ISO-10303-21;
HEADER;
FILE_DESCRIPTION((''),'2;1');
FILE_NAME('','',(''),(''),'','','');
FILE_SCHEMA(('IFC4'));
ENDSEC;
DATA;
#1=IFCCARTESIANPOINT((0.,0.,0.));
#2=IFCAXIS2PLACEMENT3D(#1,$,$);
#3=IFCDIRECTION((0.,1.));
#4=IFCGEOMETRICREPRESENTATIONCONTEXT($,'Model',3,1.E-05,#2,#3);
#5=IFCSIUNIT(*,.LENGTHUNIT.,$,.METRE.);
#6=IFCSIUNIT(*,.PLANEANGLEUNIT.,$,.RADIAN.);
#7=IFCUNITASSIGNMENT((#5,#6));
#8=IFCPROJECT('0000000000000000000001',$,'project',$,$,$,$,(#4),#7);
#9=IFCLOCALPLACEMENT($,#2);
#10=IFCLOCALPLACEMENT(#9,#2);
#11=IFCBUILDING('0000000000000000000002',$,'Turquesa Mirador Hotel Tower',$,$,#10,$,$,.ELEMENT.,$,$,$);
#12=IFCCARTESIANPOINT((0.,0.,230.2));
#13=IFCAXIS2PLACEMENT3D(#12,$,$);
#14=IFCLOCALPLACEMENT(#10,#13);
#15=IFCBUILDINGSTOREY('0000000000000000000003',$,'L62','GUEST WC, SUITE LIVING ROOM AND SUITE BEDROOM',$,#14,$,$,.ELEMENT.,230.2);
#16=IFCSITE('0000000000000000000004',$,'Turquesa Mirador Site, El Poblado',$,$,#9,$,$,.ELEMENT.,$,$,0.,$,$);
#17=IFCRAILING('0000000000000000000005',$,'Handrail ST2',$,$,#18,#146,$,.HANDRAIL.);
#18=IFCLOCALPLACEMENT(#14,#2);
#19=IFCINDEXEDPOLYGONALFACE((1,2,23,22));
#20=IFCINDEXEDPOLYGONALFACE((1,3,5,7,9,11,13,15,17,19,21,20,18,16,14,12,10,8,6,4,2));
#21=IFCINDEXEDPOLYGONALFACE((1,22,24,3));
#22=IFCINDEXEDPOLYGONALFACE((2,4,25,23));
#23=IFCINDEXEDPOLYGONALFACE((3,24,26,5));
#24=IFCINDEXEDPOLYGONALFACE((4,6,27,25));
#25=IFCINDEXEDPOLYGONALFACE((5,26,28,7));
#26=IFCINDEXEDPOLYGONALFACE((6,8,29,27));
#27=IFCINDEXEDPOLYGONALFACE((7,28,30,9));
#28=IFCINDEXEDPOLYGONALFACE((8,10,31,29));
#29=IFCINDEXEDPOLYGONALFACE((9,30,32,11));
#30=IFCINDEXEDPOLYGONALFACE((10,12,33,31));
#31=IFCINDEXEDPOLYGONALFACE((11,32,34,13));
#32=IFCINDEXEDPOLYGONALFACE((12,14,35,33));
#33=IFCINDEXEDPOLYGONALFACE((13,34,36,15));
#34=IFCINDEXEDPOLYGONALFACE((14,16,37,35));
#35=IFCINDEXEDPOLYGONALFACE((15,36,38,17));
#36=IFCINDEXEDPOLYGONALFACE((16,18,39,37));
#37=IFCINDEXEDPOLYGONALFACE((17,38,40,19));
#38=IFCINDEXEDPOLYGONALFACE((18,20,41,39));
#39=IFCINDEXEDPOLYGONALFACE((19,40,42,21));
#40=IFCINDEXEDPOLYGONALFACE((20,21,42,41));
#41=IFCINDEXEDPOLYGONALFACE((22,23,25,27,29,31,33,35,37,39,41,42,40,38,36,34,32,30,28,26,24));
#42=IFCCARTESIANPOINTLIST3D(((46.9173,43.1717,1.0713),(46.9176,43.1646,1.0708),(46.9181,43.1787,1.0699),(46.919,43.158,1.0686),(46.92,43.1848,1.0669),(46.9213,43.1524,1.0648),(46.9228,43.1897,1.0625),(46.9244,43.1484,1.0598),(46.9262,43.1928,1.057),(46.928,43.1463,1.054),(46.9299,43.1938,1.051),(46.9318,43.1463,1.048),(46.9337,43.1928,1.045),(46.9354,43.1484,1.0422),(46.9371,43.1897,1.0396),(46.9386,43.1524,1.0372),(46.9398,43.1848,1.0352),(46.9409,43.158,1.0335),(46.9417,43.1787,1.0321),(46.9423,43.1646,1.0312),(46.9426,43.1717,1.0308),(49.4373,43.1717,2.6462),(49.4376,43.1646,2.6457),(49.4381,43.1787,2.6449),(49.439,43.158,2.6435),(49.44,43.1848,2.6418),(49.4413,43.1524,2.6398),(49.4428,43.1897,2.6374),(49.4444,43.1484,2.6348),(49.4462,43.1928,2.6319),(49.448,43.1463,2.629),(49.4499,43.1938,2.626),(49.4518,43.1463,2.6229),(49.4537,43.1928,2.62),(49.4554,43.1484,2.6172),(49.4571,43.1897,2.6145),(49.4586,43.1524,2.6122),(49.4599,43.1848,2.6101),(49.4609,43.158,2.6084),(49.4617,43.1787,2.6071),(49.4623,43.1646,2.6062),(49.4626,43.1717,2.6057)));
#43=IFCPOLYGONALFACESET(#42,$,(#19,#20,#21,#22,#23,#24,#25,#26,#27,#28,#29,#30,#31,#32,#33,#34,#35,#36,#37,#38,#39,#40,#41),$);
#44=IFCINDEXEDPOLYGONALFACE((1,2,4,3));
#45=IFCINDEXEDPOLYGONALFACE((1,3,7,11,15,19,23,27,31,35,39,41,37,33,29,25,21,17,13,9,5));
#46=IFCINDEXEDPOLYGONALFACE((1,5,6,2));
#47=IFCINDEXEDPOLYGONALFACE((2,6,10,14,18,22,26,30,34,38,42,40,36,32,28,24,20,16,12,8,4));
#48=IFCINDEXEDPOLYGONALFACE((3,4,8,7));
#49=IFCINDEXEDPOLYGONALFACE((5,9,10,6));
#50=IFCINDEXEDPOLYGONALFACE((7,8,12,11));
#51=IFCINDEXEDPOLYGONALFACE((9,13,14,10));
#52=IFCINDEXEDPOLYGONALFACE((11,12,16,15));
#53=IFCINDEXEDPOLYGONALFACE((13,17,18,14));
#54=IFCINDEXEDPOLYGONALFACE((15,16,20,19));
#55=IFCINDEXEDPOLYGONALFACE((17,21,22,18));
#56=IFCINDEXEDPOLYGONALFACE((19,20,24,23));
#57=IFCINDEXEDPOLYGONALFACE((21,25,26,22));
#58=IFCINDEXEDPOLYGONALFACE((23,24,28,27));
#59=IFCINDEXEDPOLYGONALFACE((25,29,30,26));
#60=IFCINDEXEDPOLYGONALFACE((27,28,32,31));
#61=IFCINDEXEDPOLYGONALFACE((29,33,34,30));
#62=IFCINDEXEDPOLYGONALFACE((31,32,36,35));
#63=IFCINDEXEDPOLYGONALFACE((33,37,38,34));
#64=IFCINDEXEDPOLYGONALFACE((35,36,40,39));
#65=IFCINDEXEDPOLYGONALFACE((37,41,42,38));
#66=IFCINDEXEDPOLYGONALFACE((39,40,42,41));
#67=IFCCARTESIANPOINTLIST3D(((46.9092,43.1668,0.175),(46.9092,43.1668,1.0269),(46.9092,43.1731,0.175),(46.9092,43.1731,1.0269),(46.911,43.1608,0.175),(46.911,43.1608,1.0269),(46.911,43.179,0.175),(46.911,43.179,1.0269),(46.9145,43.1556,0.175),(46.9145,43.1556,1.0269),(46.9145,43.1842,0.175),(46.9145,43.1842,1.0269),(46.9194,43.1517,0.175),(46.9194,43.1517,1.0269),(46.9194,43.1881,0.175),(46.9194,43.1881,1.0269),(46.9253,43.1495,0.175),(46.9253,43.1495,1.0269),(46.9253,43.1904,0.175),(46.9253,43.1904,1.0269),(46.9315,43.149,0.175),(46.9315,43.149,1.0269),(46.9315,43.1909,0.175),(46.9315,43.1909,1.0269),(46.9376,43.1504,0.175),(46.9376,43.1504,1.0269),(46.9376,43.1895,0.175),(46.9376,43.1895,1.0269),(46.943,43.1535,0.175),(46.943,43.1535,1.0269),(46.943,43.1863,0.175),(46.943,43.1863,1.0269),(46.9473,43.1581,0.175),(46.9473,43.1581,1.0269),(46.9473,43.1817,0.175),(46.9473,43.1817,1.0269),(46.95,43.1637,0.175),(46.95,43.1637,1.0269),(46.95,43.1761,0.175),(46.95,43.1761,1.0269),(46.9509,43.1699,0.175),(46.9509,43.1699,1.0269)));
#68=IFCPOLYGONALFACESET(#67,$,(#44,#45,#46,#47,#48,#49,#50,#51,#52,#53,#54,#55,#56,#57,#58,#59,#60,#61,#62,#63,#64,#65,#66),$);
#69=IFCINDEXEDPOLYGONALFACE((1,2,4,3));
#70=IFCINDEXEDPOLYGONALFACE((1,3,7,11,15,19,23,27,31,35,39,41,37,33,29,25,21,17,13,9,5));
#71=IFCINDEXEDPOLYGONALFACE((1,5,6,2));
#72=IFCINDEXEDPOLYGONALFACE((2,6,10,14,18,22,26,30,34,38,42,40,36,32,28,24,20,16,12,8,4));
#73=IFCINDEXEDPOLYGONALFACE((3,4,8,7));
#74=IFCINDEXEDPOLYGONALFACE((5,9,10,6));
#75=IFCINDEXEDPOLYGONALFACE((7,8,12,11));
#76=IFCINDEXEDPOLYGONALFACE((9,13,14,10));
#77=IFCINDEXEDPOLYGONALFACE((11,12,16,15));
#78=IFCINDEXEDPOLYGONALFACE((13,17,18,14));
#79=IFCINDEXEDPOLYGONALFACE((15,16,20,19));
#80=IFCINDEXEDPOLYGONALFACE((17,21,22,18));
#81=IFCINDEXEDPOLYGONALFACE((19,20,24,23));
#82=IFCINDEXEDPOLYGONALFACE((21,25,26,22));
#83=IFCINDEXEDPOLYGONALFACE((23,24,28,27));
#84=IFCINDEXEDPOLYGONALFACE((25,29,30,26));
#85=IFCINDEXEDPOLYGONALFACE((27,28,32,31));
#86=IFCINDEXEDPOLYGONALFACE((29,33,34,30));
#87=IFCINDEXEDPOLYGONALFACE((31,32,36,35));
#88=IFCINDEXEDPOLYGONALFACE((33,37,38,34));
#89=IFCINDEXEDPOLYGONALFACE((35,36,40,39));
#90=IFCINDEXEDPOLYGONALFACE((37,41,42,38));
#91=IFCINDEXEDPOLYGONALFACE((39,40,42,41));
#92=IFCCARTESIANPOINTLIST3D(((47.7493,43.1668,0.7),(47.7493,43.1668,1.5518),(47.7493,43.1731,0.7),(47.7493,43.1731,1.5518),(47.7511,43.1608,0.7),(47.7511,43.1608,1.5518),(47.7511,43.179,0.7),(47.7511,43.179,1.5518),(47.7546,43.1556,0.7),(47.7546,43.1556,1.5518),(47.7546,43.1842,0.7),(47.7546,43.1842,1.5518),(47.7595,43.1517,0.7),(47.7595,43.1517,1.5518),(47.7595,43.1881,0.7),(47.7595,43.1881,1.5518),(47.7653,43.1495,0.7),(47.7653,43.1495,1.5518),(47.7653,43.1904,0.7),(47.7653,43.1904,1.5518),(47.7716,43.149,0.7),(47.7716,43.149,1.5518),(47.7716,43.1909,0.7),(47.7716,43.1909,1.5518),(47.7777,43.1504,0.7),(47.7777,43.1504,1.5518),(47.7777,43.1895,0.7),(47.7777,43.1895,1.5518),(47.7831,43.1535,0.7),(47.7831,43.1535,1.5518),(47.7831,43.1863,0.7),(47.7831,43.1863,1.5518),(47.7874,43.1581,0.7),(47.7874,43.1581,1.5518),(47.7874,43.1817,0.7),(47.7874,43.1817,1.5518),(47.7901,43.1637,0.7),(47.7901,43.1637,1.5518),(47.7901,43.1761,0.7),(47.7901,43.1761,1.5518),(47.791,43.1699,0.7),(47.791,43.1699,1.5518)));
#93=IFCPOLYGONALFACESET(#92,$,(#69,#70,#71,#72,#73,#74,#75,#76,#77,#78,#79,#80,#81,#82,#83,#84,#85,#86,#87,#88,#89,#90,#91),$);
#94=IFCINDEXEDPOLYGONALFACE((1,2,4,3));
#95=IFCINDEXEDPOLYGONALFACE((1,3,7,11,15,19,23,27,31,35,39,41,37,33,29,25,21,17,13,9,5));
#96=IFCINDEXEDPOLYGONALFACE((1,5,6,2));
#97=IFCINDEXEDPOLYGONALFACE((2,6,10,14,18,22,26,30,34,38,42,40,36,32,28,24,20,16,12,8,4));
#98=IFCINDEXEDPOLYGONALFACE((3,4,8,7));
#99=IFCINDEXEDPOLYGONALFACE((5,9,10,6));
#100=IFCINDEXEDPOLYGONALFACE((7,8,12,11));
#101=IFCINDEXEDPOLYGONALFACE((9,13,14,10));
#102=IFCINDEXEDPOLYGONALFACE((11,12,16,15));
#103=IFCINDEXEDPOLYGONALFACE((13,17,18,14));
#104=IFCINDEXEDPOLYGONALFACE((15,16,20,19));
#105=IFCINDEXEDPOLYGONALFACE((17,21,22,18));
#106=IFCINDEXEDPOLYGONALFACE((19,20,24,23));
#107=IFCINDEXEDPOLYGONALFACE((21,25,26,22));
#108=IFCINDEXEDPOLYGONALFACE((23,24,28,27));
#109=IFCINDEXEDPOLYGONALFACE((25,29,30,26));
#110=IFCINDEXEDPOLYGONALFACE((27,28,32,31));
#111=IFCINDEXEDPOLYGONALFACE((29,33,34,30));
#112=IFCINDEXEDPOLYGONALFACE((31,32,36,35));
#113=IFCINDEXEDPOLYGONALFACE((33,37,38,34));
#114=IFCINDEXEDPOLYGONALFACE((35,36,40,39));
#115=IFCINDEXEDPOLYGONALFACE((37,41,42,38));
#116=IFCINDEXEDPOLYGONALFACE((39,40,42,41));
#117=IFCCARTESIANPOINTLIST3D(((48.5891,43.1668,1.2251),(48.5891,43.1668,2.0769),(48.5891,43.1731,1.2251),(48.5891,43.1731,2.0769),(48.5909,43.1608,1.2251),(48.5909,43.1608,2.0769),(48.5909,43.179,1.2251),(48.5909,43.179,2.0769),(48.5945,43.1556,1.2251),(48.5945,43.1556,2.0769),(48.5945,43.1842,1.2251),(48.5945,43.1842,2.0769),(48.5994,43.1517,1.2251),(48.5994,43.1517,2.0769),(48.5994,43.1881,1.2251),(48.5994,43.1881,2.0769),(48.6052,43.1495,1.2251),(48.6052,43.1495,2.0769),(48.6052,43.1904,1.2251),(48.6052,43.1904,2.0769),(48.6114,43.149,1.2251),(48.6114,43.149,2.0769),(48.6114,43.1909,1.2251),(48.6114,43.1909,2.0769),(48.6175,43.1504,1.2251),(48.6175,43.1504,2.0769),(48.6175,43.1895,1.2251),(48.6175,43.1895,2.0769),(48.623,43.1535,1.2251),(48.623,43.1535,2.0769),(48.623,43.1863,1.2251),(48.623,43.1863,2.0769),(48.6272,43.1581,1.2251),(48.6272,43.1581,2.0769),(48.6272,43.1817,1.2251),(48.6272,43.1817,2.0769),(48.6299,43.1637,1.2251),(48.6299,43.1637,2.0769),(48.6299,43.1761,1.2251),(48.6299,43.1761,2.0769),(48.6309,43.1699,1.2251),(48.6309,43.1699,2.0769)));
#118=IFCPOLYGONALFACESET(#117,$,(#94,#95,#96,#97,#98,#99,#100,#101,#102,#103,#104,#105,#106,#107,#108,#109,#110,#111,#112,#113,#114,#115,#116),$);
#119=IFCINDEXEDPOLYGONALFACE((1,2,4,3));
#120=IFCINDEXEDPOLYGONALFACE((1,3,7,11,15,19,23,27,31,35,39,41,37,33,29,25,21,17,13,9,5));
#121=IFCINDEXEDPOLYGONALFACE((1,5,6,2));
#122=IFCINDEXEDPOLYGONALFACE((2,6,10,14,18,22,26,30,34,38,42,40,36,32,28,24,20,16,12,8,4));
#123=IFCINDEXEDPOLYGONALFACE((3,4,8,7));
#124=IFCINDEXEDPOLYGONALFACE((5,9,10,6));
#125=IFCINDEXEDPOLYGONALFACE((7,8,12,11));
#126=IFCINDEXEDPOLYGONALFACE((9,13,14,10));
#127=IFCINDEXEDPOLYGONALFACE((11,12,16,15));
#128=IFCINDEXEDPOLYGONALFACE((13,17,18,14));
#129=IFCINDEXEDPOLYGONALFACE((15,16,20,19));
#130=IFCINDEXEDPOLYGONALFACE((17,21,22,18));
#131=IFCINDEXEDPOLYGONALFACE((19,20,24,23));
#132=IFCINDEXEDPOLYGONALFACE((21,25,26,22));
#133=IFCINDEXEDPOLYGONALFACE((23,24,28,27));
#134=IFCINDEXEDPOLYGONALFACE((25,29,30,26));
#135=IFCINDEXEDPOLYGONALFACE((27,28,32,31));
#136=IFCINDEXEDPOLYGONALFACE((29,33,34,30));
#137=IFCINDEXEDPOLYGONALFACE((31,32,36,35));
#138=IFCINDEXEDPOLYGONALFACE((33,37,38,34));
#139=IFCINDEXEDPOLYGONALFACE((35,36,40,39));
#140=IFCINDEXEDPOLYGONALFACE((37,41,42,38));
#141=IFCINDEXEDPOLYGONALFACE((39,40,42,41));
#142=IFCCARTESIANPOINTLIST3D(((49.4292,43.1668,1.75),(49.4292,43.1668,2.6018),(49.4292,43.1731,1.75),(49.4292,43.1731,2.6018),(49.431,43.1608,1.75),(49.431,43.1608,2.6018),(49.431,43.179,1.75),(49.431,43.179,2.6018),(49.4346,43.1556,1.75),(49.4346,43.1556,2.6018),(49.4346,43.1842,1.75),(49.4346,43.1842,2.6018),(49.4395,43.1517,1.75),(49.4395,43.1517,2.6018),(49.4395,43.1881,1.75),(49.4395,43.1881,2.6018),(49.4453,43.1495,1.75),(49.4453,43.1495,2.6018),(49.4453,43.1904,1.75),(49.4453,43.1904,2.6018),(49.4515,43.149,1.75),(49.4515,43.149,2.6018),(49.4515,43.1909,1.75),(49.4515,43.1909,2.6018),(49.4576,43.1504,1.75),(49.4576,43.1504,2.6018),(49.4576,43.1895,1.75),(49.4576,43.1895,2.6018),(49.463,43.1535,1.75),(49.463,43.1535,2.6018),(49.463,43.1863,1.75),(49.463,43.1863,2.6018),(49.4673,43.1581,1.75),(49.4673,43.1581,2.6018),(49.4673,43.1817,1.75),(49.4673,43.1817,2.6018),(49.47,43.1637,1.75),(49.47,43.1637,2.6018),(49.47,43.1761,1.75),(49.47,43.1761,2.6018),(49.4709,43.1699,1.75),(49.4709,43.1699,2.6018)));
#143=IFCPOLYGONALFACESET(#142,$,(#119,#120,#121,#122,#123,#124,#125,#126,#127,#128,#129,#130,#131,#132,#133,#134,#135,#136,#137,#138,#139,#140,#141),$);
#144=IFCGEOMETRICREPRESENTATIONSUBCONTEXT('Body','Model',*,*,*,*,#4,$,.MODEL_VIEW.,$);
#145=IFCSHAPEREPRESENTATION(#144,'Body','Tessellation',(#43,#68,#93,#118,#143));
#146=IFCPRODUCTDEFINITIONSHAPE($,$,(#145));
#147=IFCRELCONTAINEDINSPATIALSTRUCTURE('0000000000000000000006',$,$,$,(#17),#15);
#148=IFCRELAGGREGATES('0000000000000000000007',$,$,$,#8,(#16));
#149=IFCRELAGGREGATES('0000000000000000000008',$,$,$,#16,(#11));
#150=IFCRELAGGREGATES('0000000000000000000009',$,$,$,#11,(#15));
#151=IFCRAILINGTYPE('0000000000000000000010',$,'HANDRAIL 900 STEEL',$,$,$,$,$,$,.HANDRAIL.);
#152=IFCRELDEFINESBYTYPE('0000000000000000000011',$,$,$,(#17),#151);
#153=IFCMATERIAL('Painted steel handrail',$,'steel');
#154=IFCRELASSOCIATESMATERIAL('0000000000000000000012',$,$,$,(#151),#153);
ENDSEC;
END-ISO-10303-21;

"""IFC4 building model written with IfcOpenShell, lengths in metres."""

from ifc_helpers import new_model, si_unit, direction, frame, origin, origin_2d, place, context, subcontext, project, spatial, circle, extrude, material, type_object, element, save


model = new_model("IFC4")

# Units and contexts
model_context = context("Model", 3, precision=1e-05, world=origin(), true_north=direction((0.0, 1.0)))
body_context = subcontext(model_context, "Body", "Model", "MODEL_VIEW")
ifc_project = project(units=[si_unit("LENGTHUNIT", "METRE"), si_unit("PLANEANGLEUNIT", "RADIAN")], contexts=[model_context])

# Site, building, storey
site_placement = place(None, origin())
site = spatial("IfcSite", under=ifc_project, at=site_placement, Name="Turquesa Mirador Site, El Poblado", CompositionType="ELEMENT", RefElevation=0.0)
building_placement = place(site_placement, origin())
building = spatial("IfcBuilding", under=site, at=building_placement, Name="Turquesa Mirador Hotel Tower", CompositionType="ELEMENT")
storey_placement = place(building_placement, frame((0.0, 0.0, 230.2)))
storey = spatial("IfcBuildingStorey", under=building, at=storey_placement, Name="L62", Description="GUEST WC, SUITE LIVING ROOM AND SUITE BEDROOM", CompositionType="ELEMENT", Elevation=230.2)

# Railing
ifc_material_1 = material(Name="Painted steel handrail", Category="steel")
railing_type = type_object("IfcRailingType", Name="HANDRAIL 900 STEEL", PredefinedType="HANDRAIL", material=ifc_material_1)
railing_placement = place(storey_placement, frame((46.9299, 43.1699, 0.175)))
element("IfcRailing", 1, at=railing_placement, inside=storey, type_object=railing_type, Name="Handrail ST2", PredefinedType="HANDRAIL", context=body_context, shape_type="SweptSolid", body=[
    extrude(circle(Radius=0.0239, at=origin_2d()), frame((0.0, 0.0, 0.876), z_axis=(0.848008, 0.0, 0.529984), x_axis=(0.0, 1.0, 0.0)), (0.0, 0.0, 1.0), 2.9717),
    extrude(circle(Radius=0.021, at=origin_2d()), origin(), (0.0, 0.0, 1.0), 0.8518),
    extrude(circle(Radius=0.021, at=origin_2d()), frame((0.8401, 0.0, 0.5249)), (0.0, 0.0, 1.0), 0.8518),
    extrude(circle(Radius=0.021, at=origin_2d()), frame((1.6799, 0.0, 1.05)), (0.0, 0.0, 1.0), 0.8518),
    extrude(circle(Radius=0.021, at=origin_2d()), frame((2.52, 0.0, 1.575)), (0.0, 0.0, 1.0), 0.8518),
])

save(model, "model.ifc")
